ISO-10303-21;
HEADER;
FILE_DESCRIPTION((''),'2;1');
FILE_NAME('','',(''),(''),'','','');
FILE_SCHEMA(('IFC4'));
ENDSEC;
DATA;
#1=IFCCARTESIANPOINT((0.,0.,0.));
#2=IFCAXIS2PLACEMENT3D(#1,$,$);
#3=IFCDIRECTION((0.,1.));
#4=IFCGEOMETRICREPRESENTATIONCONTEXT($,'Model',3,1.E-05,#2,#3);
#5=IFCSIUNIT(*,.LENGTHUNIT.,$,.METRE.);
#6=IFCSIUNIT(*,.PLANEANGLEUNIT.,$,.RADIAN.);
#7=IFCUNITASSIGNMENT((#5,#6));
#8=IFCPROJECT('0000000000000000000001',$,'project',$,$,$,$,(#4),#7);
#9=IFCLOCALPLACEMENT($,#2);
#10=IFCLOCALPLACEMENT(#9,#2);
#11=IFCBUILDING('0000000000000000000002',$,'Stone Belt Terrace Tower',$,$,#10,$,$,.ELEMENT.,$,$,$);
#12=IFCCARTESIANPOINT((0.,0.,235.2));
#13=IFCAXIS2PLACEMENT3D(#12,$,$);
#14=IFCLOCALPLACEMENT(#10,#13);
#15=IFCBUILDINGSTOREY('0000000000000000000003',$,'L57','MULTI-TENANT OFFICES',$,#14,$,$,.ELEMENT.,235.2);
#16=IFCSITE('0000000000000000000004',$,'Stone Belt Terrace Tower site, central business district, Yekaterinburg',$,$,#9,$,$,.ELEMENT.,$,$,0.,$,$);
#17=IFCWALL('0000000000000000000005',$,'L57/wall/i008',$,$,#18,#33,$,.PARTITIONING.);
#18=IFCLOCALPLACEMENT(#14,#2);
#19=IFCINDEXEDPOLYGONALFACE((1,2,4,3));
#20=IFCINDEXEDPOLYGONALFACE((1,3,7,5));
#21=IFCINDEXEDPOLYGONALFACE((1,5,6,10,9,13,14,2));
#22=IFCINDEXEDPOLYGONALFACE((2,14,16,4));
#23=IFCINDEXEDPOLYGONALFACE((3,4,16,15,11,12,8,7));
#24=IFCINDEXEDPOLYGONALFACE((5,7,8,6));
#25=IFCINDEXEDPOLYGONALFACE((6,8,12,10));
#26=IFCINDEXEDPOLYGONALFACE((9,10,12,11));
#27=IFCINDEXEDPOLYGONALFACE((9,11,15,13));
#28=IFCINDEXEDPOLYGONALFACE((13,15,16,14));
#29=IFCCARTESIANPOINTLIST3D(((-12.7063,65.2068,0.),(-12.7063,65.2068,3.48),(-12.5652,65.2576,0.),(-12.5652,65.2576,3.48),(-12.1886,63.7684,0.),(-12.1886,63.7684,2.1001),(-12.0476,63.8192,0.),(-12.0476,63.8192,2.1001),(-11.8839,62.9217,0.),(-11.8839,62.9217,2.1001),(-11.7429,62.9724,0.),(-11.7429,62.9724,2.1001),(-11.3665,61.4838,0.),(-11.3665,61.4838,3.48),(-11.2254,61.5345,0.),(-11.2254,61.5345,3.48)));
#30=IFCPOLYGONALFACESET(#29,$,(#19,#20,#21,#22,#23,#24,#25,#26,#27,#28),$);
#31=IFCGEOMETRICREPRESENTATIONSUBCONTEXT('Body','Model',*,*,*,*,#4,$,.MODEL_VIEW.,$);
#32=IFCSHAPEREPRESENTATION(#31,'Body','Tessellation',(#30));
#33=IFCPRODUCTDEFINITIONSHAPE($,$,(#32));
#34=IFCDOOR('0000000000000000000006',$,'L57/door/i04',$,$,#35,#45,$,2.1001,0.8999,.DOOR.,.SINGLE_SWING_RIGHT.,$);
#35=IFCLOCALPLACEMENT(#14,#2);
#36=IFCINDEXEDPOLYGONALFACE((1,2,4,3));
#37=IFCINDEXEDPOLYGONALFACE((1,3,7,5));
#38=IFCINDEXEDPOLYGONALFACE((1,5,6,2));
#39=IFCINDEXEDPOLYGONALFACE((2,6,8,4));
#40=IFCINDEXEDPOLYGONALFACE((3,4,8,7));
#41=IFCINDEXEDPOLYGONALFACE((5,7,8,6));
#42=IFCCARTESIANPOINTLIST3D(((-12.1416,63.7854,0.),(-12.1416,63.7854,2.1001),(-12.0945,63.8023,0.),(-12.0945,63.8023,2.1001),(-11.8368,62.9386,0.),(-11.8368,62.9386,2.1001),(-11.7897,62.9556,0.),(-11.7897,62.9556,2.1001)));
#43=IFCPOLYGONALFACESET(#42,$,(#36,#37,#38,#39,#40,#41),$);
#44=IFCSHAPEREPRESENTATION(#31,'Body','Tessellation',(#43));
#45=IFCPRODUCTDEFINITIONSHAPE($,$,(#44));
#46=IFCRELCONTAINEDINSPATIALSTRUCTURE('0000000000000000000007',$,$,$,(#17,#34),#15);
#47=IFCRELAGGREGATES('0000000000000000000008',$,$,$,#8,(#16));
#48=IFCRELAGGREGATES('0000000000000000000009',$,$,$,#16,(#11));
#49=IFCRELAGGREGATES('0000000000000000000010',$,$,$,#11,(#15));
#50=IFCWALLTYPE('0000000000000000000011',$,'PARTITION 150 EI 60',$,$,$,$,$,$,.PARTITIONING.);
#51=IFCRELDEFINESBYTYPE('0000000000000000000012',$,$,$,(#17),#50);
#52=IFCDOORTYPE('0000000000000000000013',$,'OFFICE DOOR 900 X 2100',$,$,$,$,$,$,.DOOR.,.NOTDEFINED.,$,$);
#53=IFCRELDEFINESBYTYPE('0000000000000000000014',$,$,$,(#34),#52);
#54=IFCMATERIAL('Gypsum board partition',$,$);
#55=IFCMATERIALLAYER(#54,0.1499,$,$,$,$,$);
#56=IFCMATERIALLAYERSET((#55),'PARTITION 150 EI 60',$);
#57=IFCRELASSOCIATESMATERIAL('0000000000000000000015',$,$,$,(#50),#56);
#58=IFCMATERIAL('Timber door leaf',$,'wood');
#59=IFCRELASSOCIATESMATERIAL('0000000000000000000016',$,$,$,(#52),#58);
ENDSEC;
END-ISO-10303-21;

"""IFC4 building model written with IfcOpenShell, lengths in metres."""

from ifc_helpers import new_model, si_unit, direction, frame, frame_2d, origin, place, context, subcontext, project, spatial, rectangle, extrude, material, layer, layer_set, type_object, element, fill, save


model = new_model("IFC4")

# Units and contexts
model_context = context("Model", 3, precision=1e-05, world=origin(), true_north=direction((0.0, 1.0)))
body_context = subcontext(model_context, "Body", "Model", "MODEL_VIEW")
ifc_project = project(units=[si_unit("LENGTHUNIT", "METRE"), si_unit("PLANEANGLEUNIT", "RADIAN")], contexts=[model_context])

# Site, building, storey
site_placement = place(None, origin())
site = spatial("IfcSite", under=ifc_project, at=site_placement, Name="Stone Belt Terrace Tower site, central business district, Yekaterinburg", CompositionType="ELEMENT", RefElevation=0.0)
building_placement = place(site_placement, origin())
building = spatial("IfcBuilding", under=site, at=building_placement, Name="Stone Belt Terrace Tower", CompositionType="ELEMENT")
storey_placement = place(building_placement, frame((0.0, 0.0, 235.2)))
storey = spatial("IfcBuildingStorey", under=building, at=storey_placement, Name="L57", Description="MULTI-TENANT OFFICES", CompositionType="ELEMENT", Elevation=235.2)

# Shared definitions
ifc_material_1 = material(Name="Timber door leaf", Category="wood")

# Wall, opening, door
ifc_material_2 = material(Name="Gypsum board partition")
ifc_layer_1 = layer(ifc_material_2, 0.1499)
ifc_layer_set_1 = layer_set([ifc_layer_1], Name="PARTITION 150 EI 60")
wall_type_1 = type_object("IfcWallType", Name="PARTITION 150 EI 60", PredefinedType="PARTITIONING", material=ifc_layer_set_1)
wall_1_placement = place(storey_placement, frame((-11.2959, 61.509, 0.0), z_axis=(0.0, 0.0, 1.0), x_axis=(-0.33861, 0.940927, 0.0)))
wall_1 = element("IfcWall", 1, at=wall_1_placement, inside=storey, type_object=wall_type_1, Name="L57/wall/i008", PredefinedType="PARTITIONING", context=body_context, shape_type="SweptSolid", body=[
    extrude(rectangle(XDim=3.9568, YDim=0.1499, at=frame_2d((1.9785, 0.0))), origin(), (0.0, 0.0, 1.0), 3.48),
])
opening_1_placement = place(wall_1_placement, frame((1.5283, 0.0, 0.0)))
opening_1 = element("IfcOpeningElement", 2, at=opening_1_placement, cuts=wall_1, PredefinedType="OPENING", context=body_context, shape_type="SweptSolid", body=[
    extrude(rectangle(XDim=0.8999, YDim=2.1001, at=frame_2d((0.45, 1.05))), frame((0.0, 0.085, 0.0), z_axis=(0.0, -1.0, 0.0), x_axis=(1.0, 0.0, 0.0)), (0.0, 0.0, 1.0), 0.1699),
])
door_type_1 = type_object("IfcDoorType", Name="OFFICE DOOR 900 X 2100", OperationType="NOTDEFINED", PredefinedType="DOOR", material=ifc_material_1)
door_1_placement = place(opening_1_placement, origin())
door_1 = element("IfcDoor", 3, at=door_1_placement, inside=storey, type_object=door_type_1, Name="L57/door/i04", OperationType="SINGLE_SWING_RIGHT", OverallHeight=2.1001, OverallWidth=0.8999, PredefinedType="DOOR", context=body_context, shape_type="SweptSolid", body=[
    extrude(rectangle(XDim=0.8999, YDim=2.1001, at=frame_2d((0.45, 1.05))), frame((0.0, 0.0249, 0.0), z_axis=(0.0, -1.0, 0.0), x_axis=(1.0, 0.0, 0.0)), (0.0, 0.0, 1.0), 0.05),
])
fill(opening_1, door_1)

save(model, "model.ifc")
